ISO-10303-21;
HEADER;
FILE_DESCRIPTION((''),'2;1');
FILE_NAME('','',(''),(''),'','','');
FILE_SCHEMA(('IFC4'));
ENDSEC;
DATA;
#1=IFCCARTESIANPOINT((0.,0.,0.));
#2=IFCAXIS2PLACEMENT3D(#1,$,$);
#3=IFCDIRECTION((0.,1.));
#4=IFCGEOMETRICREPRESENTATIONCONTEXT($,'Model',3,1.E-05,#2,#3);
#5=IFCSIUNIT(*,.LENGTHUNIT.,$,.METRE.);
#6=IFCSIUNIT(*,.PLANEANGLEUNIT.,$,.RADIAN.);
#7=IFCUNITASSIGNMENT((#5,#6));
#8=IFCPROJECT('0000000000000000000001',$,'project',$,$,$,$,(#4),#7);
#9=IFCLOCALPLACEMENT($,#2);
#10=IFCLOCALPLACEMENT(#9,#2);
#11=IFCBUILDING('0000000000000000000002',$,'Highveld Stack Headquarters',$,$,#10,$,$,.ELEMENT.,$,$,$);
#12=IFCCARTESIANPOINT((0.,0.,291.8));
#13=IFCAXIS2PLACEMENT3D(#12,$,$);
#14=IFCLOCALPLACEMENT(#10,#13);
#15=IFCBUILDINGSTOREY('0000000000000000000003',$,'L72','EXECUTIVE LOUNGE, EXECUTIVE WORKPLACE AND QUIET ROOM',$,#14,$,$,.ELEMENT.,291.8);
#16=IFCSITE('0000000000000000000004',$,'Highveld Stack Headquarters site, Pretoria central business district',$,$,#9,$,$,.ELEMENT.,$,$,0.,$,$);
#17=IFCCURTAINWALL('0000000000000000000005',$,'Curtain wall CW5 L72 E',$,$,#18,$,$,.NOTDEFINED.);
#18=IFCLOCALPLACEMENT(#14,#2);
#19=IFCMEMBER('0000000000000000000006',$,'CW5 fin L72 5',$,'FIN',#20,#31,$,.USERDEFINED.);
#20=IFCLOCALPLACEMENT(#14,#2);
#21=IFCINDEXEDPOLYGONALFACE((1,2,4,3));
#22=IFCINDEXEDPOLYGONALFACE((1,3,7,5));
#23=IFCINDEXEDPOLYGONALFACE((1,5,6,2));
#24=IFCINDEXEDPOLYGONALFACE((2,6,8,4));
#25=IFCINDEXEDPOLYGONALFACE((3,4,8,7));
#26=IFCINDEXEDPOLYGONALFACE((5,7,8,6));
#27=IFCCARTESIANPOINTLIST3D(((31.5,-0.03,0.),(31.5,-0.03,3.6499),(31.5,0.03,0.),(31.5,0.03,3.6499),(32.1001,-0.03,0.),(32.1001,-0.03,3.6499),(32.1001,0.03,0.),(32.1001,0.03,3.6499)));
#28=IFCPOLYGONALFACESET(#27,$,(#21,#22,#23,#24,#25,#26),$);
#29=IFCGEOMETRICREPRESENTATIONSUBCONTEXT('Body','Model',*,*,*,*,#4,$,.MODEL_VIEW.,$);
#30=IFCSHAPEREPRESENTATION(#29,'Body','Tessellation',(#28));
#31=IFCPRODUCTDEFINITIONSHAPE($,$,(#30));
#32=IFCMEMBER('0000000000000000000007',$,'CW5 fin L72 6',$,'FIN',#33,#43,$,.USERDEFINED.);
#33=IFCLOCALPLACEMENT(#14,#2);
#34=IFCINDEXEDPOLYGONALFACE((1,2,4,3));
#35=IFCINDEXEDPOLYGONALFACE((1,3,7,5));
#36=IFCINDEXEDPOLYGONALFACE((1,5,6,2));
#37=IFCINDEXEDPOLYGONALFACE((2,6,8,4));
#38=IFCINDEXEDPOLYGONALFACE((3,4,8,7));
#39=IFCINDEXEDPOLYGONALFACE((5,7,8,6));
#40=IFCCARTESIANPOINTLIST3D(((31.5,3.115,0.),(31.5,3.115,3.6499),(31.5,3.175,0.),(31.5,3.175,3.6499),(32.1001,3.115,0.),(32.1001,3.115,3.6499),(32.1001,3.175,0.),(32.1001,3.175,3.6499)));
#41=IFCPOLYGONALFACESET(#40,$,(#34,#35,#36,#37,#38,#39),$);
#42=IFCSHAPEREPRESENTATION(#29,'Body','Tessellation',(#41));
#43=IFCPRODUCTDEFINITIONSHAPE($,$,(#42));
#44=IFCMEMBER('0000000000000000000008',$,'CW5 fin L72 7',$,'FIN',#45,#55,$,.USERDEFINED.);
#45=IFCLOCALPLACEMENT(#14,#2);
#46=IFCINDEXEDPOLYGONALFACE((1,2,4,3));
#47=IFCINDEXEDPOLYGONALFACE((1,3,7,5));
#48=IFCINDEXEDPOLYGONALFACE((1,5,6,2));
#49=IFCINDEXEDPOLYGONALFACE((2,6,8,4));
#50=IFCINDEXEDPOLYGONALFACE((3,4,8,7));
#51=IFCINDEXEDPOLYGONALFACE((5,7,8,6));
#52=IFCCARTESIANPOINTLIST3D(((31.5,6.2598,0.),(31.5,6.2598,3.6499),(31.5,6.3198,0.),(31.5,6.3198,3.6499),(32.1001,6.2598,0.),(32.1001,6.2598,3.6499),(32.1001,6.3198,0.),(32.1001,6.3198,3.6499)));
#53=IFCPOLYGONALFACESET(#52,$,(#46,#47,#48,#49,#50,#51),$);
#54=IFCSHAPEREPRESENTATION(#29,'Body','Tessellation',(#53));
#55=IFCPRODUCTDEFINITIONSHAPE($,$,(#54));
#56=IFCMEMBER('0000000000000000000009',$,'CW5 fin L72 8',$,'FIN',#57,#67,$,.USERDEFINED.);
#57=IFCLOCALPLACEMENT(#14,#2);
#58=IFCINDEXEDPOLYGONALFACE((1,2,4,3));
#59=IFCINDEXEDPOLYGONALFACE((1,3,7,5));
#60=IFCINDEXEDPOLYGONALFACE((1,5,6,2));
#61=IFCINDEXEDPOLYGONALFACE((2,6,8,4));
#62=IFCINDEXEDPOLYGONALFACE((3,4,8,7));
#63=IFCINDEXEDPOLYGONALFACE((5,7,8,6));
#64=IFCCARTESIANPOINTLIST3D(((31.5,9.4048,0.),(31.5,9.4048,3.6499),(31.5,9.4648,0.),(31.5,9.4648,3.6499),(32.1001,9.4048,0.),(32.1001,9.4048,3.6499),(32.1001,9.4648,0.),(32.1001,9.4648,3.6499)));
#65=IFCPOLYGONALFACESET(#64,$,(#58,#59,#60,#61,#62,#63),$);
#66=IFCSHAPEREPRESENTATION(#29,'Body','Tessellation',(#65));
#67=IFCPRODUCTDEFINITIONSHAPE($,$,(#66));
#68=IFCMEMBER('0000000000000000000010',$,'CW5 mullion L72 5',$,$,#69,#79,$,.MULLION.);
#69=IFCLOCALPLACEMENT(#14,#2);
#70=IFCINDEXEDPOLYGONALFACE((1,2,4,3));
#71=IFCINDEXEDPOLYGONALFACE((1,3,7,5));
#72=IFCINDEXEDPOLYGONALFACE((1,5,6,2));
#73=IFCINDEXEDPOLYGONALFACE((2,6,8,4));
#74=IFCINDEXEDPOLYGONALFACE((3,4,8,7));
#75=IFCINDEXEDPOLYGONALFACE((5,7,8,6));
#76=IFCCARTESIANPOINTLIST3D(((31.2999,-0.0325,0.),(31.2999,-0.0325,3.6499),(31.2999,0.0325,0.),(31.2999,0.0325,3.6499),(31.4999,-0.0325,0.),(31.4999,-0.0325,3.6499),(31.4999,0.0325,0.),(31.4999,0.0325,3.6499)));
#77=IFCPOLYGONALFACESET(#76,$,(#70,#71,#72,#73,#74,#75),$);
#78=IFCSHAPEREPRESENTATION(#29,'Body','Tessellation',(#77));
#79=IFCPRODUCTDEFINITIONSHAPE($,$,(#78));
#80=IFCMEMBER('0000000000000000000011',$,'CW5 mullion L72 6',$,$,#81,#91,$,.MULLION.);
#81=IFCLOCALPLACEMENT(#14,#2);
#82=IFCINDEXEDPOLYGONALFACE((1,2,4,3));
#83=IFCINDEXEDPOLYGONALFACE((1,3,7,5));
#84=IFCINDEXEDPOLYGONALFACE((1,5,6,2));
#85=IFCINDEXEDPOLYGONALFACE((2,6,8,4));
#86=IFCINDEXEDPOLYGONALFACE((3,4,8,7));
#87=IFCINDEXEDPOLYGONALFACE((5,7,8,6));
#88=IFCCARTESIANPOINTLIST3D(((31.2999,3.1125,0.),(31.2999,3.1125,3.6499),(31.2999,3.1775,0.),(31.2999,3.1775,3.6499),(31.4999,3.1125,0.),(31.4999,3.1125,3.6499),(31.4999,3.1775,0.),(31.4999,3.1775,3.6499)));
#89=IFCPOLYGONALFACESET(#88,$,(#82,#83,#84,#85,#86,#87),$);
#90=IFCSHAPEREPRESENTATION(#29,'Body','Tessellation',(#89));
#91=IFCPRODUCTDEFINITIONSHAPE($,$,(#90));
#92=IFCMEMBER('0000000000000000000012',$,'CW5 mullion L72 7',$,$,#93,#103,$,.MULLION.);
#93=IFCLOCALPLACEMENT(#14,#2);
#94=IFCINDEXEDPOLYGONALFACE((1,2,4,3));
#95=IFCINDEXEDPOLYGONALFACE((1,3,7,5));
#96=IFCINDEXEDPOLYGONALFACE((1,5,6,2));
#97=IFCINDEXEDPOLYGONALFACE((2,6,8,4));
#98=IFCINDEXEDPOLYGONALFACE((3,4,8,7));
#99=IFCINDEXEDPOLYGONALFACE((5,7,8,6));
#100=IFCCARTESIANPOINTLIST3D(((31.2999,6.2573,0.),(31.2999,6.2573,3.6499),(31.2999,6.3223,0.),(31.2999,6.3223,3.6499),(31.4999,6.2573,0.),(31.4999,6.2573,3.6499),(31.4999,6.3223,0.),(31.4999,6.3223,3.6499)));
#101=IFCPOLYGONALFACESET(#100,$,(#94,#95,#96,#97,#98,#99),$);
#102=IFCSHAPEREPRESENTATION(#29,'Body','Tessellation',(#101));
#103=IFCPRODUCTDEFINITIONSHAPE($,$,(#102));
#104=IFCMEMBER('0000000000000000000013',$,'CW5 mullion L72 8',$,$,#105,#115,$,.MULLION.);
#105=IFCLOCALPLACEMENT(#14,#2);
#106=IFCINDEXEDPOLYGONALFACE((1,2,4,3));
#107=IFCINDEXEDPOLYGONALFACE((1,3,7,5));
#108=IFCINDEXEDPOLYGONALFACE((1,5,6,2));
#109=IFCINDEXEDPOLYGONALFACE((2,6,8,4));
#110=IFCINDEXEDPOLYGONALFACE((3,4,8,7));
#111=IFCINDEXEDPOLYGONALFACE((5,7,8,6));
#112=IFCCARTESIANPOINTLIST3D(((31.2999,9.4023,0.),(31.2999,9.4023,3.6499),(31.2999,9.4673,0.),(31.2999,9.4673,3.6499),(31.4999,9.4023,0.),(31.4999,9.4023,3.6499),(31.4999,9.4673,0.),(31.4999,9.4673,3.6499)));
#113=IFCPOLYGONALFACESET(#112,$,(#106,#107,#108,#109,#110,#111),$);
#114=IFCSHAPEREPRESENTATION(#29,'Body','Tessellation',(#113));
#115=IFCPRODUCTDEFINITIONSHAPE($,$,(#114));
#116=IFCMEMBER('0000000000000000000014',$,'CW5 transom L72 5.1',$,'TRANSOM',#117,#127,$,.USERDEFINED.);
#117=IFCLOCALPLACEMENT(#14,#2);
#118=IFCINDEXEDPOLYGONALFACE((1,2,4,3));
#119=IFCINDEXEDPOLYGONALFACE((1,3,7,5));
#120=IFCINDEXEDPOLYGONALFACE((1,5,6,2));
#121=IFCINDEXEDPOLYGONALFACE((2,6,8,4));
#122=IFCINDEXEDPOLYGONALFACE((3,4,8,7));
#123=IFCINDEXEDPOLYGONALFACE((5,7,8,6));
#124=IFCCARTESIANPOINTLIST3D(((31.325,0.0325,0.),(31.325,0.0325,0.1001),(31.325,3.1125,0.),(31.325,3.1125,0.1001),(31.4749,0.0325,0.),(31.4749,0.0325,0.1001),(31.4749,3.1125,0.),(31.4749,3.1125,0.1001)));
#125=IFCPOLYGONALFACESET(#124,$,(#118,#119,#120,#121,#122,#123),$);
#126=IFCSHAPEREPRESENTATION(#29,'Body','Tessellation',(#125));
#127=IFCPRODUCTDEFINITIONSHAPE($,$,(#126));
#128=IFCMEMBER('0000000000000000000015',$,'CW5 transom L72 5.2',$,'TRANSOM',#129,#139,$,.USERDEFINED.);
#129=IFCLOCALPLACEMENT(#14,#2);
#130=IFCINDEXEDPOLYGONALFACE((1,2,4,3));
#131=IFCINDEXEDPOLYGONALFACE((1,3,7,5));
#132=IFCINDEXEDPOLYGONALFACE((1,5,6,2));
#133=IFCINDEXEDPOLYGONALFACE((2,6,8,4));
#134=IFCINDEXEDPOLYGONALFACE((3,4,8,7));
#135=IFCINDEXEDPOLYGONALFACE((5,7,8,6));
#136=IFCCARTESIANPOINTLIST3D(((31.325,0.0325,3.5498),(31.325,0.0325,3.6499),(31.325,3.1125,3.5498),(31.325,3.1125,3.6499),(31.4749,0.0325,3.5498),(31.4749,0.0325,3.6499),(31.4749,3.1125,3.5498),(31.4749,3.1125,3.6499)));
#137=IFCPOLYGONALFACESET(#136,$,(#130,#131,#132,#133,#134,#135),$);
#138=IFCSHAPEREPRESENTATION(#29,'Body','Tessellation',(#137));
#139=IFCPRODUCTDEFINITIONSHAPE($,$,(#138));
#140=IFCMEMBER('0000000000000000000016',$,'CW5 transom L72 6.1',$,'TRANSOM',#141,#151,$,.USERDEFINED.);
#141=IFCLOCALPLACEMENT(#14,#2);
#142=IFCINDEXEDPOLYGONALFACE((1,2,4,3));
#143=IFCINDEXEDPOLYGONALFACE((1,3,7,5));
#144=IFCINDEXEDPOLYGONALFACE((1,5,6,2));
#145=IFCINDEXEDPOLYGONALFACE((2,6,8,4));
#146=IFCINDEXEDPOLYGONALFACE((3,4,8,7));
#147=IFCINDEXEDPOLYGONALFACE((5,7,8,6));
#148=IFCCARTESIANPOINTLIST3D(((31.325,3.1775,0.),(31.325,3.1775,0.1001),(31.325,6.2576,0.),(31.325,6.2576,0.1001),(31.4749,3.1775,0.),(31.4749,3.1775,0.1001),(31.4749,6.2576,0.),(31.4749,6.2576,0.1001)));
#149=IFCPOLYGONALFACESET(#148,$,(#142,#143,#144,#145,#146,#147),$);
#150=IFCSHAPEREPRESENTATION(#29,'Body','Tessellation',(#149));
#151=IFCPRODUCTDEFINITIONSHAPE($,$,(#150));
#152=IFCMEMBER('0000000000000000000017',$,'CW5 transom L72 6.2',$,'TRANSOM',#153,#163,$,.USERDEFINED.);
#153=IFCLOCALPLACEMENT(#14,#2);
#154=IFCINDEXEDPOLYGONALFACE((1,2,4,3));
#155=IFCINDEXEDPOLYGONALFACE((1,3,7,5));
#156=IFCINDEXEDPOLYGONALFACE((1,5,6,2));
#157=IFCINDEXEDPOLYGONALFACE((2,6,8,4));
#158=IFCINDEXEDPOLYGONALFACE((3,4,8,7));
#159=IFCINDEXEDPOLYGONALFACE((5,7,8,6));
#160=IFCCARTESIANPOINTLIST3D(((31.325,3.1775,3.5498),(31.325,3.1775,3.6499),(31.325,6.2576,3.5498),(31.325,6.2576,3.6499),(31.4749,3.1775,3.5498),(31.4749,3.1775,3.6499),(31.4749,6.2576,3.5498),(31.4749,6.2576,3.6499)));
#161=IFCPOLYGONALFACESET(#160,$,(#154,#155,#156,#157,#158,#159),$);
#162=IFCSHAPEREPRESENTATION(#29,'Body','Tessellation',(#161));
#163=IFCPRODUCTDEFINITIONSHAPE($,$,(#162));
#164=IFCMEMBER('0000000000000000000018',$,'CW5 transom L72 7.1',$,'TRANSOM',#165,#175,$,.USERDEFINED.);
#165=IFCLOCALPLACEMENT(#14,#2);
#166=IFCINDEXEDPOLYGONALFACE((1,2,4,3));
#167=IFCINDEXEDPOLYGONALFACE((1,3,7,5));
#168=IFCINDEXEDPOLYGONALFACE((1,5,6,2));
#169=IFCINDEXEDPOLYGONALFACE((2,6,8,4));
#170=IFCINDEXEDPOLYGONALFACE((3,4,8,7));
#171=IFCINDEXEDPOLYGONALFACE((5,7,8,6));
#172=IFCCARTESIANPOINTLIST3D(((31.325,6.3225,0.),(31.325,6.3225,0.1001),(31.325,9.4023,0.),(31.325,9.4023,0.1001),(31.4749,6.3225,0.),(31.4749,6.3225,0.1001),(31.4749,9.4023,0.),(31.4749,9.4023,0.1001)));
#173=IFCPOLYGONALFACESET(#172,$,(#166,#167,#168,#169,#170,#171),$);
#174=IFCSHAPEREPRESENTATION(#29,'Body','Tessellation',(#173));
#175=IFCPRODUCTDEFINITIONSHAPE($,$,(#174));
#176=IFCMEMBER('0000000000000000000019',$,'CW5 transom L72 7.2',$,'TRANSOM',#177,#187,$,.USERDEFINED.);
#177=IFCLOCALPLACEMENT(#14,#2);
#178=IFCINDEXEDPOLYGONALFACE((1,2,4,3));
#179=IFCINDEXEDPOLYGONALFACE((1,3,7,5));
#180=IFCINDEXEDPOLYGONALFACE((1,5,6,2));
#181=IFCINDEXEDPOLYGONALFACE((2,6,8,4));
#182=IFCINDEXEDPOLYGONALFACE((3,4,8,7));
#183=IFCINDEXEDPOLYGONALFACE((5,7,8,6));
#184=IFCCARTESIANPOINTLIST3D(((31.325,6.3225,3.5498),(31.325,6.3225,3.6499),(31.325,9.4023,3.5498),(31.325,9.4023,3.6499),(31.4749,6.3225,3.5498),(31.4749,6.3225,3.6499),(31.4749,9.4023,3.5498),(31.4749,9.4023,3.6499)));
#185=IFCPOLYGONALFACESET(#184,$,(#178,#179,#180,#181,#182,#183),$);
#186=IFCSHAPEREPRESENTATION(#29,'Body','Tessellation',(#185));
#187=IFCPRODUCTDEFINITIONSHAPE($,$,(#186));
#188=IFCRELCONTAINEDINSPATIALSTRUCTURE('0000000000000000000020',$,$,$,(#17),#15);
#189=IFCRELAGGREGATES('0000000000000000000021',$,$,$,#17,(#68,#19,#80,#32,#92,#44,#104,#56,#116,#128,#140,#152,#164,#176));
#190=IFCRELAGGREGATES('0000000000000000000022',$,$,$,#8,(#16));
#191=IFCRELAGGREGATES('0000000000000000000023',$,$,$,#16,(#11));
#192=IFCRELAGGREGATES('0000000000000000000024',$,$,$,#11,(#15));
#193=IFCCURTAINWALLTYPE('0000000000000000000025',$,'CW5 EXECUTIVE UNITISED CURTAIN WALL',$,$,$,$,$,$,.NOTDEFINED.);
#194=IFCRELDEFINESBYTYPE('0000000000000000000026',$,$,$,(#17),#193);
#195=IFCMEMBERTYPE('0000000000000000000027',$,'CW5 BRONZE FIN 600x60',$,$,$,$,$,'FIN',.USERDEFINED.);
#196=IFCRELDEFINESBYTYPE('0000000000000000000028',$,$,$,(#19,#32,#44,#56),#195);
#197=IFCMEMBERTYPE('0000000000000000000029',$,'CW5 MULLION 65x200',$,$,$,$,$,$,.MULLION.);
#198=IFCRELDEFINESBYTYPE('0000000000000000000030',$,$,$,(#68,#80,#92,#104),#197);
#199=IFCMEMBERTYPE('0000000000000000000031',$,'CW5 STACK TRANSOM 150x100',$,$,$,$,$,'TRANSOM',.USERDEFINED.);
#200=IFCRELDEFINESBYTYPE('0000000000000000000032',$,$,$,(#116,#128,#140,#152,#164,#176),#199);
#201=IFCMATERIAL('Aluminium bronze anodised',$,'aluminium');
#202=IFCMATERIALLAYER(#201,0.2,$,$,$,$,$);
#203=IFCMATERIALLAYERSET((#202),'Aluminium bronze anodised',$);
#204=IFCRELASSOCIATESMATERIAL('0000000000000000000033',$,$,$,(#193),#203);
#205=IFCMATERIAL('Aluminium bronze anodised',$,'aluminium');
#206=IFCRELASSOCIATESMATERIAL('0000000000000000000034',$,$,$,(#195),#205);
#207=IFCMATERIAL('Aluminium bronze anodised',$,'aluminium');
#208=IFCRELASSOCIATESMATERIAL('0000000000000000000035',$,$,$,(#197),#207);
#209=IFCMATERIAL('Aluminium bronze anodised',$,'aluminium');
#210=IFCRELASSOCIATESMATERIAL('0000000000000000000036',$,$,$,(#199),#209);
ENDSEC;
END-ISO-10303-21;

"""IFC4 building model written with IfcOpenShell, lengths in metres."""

from ifc_helpers import new_model, si_unit, direction, frame, origin, origin_2d, place, context, subcontext, project, spatial, rectangle, extrude, material, layer, layer_set, material_profile, profile_set, type_object, element, aggregate, save


model = new_model("IFC4")

# Units and contexts
model_context = context("Model", 3, precision=1e-05, world=origin(), true_north=direction((0.0, 1.0)))
body_context = subcontext(model_context, "Body", "Model", "MODEL_VIEW")
ifc_project = project(units=[si_unit("LENGTHUNIT", "METRE"), si_unit("PLANEANGLEUNIT", "RADIAN")], contexts=[model_context])

# Site, building, storey
site_placement = place(None, origin())
site = spatial("IfcSite", under=ifc_project, at=site_placement, Name="Highveld Stack Headquarters site, Pretoria central business district", CompositionType="ELEMENT", RefElevation=0.0)
building_placement = place(site_placement, origin())
building = spatial("IfcBuilding", under=site, at=building_placement, Name="Highveld Stack Headquarters", CompositionType="ELEMENT")
storey_placement = place(building_placement, frame((0.0, 0.0, 291.8)))
storey = spatial("IfcBuildingStorey", under=building, at=storey_placement, Name="L72", Description="EXECUTIVE LOUNGE, EXECUTIVE WORKPLACE AND QUIET ROOM", CompositionType="ELEMENT", Elevation=291.8)

# Curtain wall, members
ifc_material_1 = material(Name="Aluminium bronze anodised", Category="aluminium")
ifc_layer_1 = layer(ifc_material_1, 0.2)
ifc_layer_set_1 = layer_set([ifc_layer_1], Name="Aluminium bronze anodised")
curtain_wall_type = type_object("IfcCurtainWallType", Name="CW5 EXECUTIVE UNITISED CURTAIN WALL", PredefinedType="NOTDEFINED", material=ifc_layer_set_1)
curtain_wall_placement = place(storey_placement, origin())
curtain_wall = element("IfcCurtainWall", 1, at=curtain_wall_placement, inside=storey, type_object=curtain_wall_type, Name="Curtain wall CW5 L72 E", PredefinedType="NOTDEFINED")
ifc_material_2 = material(Name="Aluminium bronze anodised", Category="aluminium")
ifc_material_profile_1 = material_profile(ifc_material_2, rectangle(XDim=0.6001, YDim=0.0601, at=origin_2d()), Name="FIN 600x60")
ifc_profile_set_1 = profile_set([ifc_material_profile_1], Name="Aluminium bronze anodised")
member_type_1 = type_object("IfcMemberType", Name="CW5 BRONZE FIN 600x60", ElementType="FIN", PredefinedType="USERDEFINED", material=ifc_profile_set_1)
member_1_placement = place(storey_placement, frame((31.8, 0.0, 0.0), z_axis=(0.0, 0.0, 1.0), x_axis=(-1.0, 0.0, 0.0)))
member_1 = element("IfcMember", 2, at=member_1_placement, type_object=member_type_1, Name="CW5 fin L72 5", ObjectType="FIN", PredefinedType="USERDEFINED", context=body_context, shape_type="SweptSolid", body=[
    extrude(rectangle(XDim=0.6001, YDim=0.0601, at=origin_2d()), origin(), (0.0, 0.0, 1.0), 3.6499),
])
member_2_placement = place(storey_placement, frame((31.8, 3.145, 0.0), z_axis=(0.0, 0.0, 1.0), x_axis=(-1.0, 0.0, 0.0)))
member_2 = element("IfcMember", 3, at=member_2_placement, type_object=member_type_1, Name="CW5 fin L72 6", ObjectType="FIN", PredefinedType="USERDEFINED", context=body_context, shape_type="SweptSolid", body=[
    extrude(rectangle(XDim=0.6001, YDim=0.0601, at=origin_2d()), origin(), (0.0, 0.0, 1.0), 3.6499),
])
member_3_placement = place(storey_placement, frame((31.8, 6.2898, 0.0), z_axis=(0.0, 0.0, 1.0), x_axis=(-1.0, 0.0, 0.0)))
member_3 = element("IfcMember", 4, at=member_3_placement, type_object=member_type_1, Name="CW5 fin L72 7", ObjectType="FIN", PredefinedType="USERDEFINED", context=body_context, shape_type="SweptSolid", body=[
    extrude(rectangle(XDim=0.6001, YDim=0.0601, at=origin_2d()), origin(), (0.0, 0.0, 1.0), 3.6499),
])
member_4_placement = place(storey_placement, frame((31.8, 9.4348, 0.0), z_axis=(0.0, 0.0, 1.0), x_axis=(-1.0, 0.0, 0.0)))
member_4 = element("IfcMember", 5, at=member_4_placement, type_object=member_type_1, Name="CW5 fin L72 8", ObjectType="FIN", PredefinedType="USERDEFINED", context=body_context, shape_type="SweptSolid", body=[
    extrude(rectangle(XDim=0.6001, YDim=0.0601, at=origin_2d()), origin(), (0.0, 0.0, 1.0), 3.6499),
])
ifc_material_3 = material(Name="Aluminium bronze anodised", Category="aluminium")
ifc_material_profile_2 = material_profile(ifc_material_3, rectangle(XDim=0.2, YDim=0.0649, at=origin_2d()), Name="CW5 MULLION 65x200")
ifc_profile_set_2 = profile_set([ifc_material_profile_2], Name="Aluminium bronze anodised")
member_type_2 = type_object("IfcMemberType", Name="CW5 MULLION 65x200", PredefinedType="MULLION", material=ifc_profile_set_2)
member_5_placement = place(storey_placement, frame((31.3999, 0.0, 0.0), z_axis=(0.0, 0.0, 1.0), x_axis=(-1.0, 0.0, 0.0)))
member_5 = element("IfcMember", 6, at=member_5_placement, type_object=member_type_2, Name="CW5 mullion L72 5", PredefinedType="MULLION", context=body_context, shape_type="SweptSolid", body=[
    extrude(rectangle(XDim=0.2, YDim=0.0649, at=origin_2d()), origin(), (0.0, 0.0, 1.0), 3.6499),
])
member_6_placement = place(storey_placement, frame((31.3999, 3.145, 0.0), z_axis=(0.0, 0.0, 1.0), x_axis=(-1.0, 0.0, 0.0)))
member_6 = element("IfcMember", 7, at=member_6_placement, type_object=member_type_2, Name="CW5 mullion L72 6", PredefinedType="MULLION", context=body_context, shape_type="SweptSolid", body=[
    extrude(rectangle(XDim=0.2, YDim=0.0649, at=origin_2d()), origin(), (0.0, 0.0, 1.0), 3.6499),
])
member_7_placement = place(storey_placement, frame((31.3999, 6.2898, 0.0), z_axis=(0.0, 0.0, 1.0), x_axis=(-1.0, 0.0, 0.0)))
member_7 = element("IfcMember", 8, at=member_7_placement, type_object=member_type_2, Name="CW5 mullion L72 7", PredefinedType="MULLION", context=body_context, shape_type="SweptSolid", body=[
    extrude(rectangle(XDim=0.2, YDim=0.0649, at=origin_2d()), origin(), (0.0, 0.0, 1.0), 3.6499),
])
member_8_placement = place(storey_placement, frame((31.3999, 9.4348, 0.0), z_axis=(0.0, 0.0, 1.0), x_axis=(-1.0, 0.0, 0.0)))
member_8 = element("IfcMember", 9, at=member_8_placement, type_object=member_type_2, Name="CW5 mullion L72 8", PredefinedType="MULLION", context=body_context, shape_type="SweptSolid", body=[
    extrude(rectangle(XDim=0.2, YDim=0.0649, at=origin_2d()), origin(), (0.0, 0.0, 1.0), 3.6499),
])
ifc_material_4 = material(Name="Aluminium bronze anodised", Category="aluminium")
ifc_material_profile_3 = material_profile(ifc_material_4, rectangle(XDim=0.1499, YDim=0.1001, at=origin_2d()), Name="CW5 TRANSOM 150x100")
ifc_profile_set_3 = profile_set([ifc_material_profile_3], Name="Aluminium bronze anodised")
member_type_3 = type_object("IfcMemberType", Name="CW5 STACK TRANSOM 150x100", ElementType="TRANSOM", PredefinedType="USERDEFINED", material=ifc_profile_set_3)
member_9_placement = place(storey_placement, frame((31.3999, 0.0325, 0.05), z_axis=(0.0, 1.0, 0.0), x_axis=(-1.0, 0.0, 0.0)))
member_9 = element("IfcMember", 10, at=member_9_placement, type_object=member_type_3, Name="CW5 transom L72 5.1", ObjectType="TRANSOM", PredefinedType="USERDEFINED", context=body_context, shape_type="SweptSolid", body=[
    extrude(rectangle(XDim=0.1499, YDim=0.1001, at=origin_2d()), origin(), (0.0, 0.0, 1.0), 3.0801),
])
member_10_placement = place(storey_placement, frame((31.3999, 0.0325, 3.5999), z_axis=(0.0, 1.0, 0.0), x_axis=(-1.0, 0.0, 0.0)))
member_10 = element("IfcMember", 11, at=member_10_placement, type_object=member_type_3, Name="CW5 transom L72 5.2", ObjectType="TRANSOM", PredefinedType="USERDEFINED", context=body_context, shape_type="SweptSolid", body=[
    extrude(rectangle(XDim=0.1499, YDim=0.1001, at=origin_2d()), origin(), (0.0, 0.0, 1.0), 3.0801),
])
member_11_placement = place(storey_placement, frame((31.3999, 3.1775, 0.05), z_axis=(0.0, 1.0, 0.0), x_axis=(-1.0, 0.0, 0.0)))
member_11 = element("IfcMember", 12, at=member_11_placement, type_object=member_type_3, Name="CW5 transom L72 6.1", ObjectType="TRANSOM", PredefinedType="USERDEFINED", context=body_context, shape_type="SweptSolid", body=[
    extrude(rectangle(XDim=0.1499, YDim=0.1001, at=origin_2d()), origin(), (0.0, 0.0, 1.0), 3.0801),
])
member_12_placement = place(storey_placement, frame((31.3999, 3.1775, 3.5999), z_axis=(0.0, 1.0, 0.0), x_axis=(-1.0, 0.0, 0.0)))
member_12 = element("IfcMember", 13, at=member_12_placement, type_object=member_type_3, Name="CW5 transom L72 6.2", ObjectType="TRANSOM", PredefinedType="USERDEFINED", context=body_context, shape_type="SweptSolid", body=[
    extrude(rectangle(XDim=0.1499, YDim=0.1001, at=origin_2d()), origin(), (0.0, 0.0, 1.0), 3.0801),
])
member_13_placement = place(storey_placement, frame((31.3999, 6.3225, 0.05), z_axis=(0.0, 1.0, 0.0), x_axis=(-1.0, 0.0, 0.0)))
member_13 = element("IfcMember", 14, at=member_13_placement, type_object=member_type_3, Name="CW5 transom L72 7.1", ObjectType="TRANSOM", PredefinedType="USERDEFINED", context=body_context, shape_type="SweptSolid", body=[
    extrude(rectangle(XDim=0.1499, YDim=0.1001, at=origin_2d()), origin(), (0.0, 0.0, 1.0), 3.0798),
])
member_14_placement = place(storey_placement, frame((31.3999, 6.3225, 3.5999), z_axis=(0.0, 1.0, 0.0), x_axis=(-1.0, 0.0, 0.0)))
member_14 = element("IfcMember", 15, at=member_14_placement, type_object=member_type_3, Name="CW5 transom L72 7.2", ObjectType="TRANSOM", PredefinedType="USERDEFINED", context=body_context, shape_type="SweptSolid", body=[
    extrude(rectangle(XDim=0.1499, YDim=0.1001, at=origin_2d()), origin(), (0.0, 0.0, 1.0), 3.0798),
])

aggregate(curtain_wall, [member_5, member_1, member_6, member_2, member_7, member_3, member_8, member_4, member_9, member_10, member_11, member_12, member_13, member_14])

save(model, "model.ifc")
